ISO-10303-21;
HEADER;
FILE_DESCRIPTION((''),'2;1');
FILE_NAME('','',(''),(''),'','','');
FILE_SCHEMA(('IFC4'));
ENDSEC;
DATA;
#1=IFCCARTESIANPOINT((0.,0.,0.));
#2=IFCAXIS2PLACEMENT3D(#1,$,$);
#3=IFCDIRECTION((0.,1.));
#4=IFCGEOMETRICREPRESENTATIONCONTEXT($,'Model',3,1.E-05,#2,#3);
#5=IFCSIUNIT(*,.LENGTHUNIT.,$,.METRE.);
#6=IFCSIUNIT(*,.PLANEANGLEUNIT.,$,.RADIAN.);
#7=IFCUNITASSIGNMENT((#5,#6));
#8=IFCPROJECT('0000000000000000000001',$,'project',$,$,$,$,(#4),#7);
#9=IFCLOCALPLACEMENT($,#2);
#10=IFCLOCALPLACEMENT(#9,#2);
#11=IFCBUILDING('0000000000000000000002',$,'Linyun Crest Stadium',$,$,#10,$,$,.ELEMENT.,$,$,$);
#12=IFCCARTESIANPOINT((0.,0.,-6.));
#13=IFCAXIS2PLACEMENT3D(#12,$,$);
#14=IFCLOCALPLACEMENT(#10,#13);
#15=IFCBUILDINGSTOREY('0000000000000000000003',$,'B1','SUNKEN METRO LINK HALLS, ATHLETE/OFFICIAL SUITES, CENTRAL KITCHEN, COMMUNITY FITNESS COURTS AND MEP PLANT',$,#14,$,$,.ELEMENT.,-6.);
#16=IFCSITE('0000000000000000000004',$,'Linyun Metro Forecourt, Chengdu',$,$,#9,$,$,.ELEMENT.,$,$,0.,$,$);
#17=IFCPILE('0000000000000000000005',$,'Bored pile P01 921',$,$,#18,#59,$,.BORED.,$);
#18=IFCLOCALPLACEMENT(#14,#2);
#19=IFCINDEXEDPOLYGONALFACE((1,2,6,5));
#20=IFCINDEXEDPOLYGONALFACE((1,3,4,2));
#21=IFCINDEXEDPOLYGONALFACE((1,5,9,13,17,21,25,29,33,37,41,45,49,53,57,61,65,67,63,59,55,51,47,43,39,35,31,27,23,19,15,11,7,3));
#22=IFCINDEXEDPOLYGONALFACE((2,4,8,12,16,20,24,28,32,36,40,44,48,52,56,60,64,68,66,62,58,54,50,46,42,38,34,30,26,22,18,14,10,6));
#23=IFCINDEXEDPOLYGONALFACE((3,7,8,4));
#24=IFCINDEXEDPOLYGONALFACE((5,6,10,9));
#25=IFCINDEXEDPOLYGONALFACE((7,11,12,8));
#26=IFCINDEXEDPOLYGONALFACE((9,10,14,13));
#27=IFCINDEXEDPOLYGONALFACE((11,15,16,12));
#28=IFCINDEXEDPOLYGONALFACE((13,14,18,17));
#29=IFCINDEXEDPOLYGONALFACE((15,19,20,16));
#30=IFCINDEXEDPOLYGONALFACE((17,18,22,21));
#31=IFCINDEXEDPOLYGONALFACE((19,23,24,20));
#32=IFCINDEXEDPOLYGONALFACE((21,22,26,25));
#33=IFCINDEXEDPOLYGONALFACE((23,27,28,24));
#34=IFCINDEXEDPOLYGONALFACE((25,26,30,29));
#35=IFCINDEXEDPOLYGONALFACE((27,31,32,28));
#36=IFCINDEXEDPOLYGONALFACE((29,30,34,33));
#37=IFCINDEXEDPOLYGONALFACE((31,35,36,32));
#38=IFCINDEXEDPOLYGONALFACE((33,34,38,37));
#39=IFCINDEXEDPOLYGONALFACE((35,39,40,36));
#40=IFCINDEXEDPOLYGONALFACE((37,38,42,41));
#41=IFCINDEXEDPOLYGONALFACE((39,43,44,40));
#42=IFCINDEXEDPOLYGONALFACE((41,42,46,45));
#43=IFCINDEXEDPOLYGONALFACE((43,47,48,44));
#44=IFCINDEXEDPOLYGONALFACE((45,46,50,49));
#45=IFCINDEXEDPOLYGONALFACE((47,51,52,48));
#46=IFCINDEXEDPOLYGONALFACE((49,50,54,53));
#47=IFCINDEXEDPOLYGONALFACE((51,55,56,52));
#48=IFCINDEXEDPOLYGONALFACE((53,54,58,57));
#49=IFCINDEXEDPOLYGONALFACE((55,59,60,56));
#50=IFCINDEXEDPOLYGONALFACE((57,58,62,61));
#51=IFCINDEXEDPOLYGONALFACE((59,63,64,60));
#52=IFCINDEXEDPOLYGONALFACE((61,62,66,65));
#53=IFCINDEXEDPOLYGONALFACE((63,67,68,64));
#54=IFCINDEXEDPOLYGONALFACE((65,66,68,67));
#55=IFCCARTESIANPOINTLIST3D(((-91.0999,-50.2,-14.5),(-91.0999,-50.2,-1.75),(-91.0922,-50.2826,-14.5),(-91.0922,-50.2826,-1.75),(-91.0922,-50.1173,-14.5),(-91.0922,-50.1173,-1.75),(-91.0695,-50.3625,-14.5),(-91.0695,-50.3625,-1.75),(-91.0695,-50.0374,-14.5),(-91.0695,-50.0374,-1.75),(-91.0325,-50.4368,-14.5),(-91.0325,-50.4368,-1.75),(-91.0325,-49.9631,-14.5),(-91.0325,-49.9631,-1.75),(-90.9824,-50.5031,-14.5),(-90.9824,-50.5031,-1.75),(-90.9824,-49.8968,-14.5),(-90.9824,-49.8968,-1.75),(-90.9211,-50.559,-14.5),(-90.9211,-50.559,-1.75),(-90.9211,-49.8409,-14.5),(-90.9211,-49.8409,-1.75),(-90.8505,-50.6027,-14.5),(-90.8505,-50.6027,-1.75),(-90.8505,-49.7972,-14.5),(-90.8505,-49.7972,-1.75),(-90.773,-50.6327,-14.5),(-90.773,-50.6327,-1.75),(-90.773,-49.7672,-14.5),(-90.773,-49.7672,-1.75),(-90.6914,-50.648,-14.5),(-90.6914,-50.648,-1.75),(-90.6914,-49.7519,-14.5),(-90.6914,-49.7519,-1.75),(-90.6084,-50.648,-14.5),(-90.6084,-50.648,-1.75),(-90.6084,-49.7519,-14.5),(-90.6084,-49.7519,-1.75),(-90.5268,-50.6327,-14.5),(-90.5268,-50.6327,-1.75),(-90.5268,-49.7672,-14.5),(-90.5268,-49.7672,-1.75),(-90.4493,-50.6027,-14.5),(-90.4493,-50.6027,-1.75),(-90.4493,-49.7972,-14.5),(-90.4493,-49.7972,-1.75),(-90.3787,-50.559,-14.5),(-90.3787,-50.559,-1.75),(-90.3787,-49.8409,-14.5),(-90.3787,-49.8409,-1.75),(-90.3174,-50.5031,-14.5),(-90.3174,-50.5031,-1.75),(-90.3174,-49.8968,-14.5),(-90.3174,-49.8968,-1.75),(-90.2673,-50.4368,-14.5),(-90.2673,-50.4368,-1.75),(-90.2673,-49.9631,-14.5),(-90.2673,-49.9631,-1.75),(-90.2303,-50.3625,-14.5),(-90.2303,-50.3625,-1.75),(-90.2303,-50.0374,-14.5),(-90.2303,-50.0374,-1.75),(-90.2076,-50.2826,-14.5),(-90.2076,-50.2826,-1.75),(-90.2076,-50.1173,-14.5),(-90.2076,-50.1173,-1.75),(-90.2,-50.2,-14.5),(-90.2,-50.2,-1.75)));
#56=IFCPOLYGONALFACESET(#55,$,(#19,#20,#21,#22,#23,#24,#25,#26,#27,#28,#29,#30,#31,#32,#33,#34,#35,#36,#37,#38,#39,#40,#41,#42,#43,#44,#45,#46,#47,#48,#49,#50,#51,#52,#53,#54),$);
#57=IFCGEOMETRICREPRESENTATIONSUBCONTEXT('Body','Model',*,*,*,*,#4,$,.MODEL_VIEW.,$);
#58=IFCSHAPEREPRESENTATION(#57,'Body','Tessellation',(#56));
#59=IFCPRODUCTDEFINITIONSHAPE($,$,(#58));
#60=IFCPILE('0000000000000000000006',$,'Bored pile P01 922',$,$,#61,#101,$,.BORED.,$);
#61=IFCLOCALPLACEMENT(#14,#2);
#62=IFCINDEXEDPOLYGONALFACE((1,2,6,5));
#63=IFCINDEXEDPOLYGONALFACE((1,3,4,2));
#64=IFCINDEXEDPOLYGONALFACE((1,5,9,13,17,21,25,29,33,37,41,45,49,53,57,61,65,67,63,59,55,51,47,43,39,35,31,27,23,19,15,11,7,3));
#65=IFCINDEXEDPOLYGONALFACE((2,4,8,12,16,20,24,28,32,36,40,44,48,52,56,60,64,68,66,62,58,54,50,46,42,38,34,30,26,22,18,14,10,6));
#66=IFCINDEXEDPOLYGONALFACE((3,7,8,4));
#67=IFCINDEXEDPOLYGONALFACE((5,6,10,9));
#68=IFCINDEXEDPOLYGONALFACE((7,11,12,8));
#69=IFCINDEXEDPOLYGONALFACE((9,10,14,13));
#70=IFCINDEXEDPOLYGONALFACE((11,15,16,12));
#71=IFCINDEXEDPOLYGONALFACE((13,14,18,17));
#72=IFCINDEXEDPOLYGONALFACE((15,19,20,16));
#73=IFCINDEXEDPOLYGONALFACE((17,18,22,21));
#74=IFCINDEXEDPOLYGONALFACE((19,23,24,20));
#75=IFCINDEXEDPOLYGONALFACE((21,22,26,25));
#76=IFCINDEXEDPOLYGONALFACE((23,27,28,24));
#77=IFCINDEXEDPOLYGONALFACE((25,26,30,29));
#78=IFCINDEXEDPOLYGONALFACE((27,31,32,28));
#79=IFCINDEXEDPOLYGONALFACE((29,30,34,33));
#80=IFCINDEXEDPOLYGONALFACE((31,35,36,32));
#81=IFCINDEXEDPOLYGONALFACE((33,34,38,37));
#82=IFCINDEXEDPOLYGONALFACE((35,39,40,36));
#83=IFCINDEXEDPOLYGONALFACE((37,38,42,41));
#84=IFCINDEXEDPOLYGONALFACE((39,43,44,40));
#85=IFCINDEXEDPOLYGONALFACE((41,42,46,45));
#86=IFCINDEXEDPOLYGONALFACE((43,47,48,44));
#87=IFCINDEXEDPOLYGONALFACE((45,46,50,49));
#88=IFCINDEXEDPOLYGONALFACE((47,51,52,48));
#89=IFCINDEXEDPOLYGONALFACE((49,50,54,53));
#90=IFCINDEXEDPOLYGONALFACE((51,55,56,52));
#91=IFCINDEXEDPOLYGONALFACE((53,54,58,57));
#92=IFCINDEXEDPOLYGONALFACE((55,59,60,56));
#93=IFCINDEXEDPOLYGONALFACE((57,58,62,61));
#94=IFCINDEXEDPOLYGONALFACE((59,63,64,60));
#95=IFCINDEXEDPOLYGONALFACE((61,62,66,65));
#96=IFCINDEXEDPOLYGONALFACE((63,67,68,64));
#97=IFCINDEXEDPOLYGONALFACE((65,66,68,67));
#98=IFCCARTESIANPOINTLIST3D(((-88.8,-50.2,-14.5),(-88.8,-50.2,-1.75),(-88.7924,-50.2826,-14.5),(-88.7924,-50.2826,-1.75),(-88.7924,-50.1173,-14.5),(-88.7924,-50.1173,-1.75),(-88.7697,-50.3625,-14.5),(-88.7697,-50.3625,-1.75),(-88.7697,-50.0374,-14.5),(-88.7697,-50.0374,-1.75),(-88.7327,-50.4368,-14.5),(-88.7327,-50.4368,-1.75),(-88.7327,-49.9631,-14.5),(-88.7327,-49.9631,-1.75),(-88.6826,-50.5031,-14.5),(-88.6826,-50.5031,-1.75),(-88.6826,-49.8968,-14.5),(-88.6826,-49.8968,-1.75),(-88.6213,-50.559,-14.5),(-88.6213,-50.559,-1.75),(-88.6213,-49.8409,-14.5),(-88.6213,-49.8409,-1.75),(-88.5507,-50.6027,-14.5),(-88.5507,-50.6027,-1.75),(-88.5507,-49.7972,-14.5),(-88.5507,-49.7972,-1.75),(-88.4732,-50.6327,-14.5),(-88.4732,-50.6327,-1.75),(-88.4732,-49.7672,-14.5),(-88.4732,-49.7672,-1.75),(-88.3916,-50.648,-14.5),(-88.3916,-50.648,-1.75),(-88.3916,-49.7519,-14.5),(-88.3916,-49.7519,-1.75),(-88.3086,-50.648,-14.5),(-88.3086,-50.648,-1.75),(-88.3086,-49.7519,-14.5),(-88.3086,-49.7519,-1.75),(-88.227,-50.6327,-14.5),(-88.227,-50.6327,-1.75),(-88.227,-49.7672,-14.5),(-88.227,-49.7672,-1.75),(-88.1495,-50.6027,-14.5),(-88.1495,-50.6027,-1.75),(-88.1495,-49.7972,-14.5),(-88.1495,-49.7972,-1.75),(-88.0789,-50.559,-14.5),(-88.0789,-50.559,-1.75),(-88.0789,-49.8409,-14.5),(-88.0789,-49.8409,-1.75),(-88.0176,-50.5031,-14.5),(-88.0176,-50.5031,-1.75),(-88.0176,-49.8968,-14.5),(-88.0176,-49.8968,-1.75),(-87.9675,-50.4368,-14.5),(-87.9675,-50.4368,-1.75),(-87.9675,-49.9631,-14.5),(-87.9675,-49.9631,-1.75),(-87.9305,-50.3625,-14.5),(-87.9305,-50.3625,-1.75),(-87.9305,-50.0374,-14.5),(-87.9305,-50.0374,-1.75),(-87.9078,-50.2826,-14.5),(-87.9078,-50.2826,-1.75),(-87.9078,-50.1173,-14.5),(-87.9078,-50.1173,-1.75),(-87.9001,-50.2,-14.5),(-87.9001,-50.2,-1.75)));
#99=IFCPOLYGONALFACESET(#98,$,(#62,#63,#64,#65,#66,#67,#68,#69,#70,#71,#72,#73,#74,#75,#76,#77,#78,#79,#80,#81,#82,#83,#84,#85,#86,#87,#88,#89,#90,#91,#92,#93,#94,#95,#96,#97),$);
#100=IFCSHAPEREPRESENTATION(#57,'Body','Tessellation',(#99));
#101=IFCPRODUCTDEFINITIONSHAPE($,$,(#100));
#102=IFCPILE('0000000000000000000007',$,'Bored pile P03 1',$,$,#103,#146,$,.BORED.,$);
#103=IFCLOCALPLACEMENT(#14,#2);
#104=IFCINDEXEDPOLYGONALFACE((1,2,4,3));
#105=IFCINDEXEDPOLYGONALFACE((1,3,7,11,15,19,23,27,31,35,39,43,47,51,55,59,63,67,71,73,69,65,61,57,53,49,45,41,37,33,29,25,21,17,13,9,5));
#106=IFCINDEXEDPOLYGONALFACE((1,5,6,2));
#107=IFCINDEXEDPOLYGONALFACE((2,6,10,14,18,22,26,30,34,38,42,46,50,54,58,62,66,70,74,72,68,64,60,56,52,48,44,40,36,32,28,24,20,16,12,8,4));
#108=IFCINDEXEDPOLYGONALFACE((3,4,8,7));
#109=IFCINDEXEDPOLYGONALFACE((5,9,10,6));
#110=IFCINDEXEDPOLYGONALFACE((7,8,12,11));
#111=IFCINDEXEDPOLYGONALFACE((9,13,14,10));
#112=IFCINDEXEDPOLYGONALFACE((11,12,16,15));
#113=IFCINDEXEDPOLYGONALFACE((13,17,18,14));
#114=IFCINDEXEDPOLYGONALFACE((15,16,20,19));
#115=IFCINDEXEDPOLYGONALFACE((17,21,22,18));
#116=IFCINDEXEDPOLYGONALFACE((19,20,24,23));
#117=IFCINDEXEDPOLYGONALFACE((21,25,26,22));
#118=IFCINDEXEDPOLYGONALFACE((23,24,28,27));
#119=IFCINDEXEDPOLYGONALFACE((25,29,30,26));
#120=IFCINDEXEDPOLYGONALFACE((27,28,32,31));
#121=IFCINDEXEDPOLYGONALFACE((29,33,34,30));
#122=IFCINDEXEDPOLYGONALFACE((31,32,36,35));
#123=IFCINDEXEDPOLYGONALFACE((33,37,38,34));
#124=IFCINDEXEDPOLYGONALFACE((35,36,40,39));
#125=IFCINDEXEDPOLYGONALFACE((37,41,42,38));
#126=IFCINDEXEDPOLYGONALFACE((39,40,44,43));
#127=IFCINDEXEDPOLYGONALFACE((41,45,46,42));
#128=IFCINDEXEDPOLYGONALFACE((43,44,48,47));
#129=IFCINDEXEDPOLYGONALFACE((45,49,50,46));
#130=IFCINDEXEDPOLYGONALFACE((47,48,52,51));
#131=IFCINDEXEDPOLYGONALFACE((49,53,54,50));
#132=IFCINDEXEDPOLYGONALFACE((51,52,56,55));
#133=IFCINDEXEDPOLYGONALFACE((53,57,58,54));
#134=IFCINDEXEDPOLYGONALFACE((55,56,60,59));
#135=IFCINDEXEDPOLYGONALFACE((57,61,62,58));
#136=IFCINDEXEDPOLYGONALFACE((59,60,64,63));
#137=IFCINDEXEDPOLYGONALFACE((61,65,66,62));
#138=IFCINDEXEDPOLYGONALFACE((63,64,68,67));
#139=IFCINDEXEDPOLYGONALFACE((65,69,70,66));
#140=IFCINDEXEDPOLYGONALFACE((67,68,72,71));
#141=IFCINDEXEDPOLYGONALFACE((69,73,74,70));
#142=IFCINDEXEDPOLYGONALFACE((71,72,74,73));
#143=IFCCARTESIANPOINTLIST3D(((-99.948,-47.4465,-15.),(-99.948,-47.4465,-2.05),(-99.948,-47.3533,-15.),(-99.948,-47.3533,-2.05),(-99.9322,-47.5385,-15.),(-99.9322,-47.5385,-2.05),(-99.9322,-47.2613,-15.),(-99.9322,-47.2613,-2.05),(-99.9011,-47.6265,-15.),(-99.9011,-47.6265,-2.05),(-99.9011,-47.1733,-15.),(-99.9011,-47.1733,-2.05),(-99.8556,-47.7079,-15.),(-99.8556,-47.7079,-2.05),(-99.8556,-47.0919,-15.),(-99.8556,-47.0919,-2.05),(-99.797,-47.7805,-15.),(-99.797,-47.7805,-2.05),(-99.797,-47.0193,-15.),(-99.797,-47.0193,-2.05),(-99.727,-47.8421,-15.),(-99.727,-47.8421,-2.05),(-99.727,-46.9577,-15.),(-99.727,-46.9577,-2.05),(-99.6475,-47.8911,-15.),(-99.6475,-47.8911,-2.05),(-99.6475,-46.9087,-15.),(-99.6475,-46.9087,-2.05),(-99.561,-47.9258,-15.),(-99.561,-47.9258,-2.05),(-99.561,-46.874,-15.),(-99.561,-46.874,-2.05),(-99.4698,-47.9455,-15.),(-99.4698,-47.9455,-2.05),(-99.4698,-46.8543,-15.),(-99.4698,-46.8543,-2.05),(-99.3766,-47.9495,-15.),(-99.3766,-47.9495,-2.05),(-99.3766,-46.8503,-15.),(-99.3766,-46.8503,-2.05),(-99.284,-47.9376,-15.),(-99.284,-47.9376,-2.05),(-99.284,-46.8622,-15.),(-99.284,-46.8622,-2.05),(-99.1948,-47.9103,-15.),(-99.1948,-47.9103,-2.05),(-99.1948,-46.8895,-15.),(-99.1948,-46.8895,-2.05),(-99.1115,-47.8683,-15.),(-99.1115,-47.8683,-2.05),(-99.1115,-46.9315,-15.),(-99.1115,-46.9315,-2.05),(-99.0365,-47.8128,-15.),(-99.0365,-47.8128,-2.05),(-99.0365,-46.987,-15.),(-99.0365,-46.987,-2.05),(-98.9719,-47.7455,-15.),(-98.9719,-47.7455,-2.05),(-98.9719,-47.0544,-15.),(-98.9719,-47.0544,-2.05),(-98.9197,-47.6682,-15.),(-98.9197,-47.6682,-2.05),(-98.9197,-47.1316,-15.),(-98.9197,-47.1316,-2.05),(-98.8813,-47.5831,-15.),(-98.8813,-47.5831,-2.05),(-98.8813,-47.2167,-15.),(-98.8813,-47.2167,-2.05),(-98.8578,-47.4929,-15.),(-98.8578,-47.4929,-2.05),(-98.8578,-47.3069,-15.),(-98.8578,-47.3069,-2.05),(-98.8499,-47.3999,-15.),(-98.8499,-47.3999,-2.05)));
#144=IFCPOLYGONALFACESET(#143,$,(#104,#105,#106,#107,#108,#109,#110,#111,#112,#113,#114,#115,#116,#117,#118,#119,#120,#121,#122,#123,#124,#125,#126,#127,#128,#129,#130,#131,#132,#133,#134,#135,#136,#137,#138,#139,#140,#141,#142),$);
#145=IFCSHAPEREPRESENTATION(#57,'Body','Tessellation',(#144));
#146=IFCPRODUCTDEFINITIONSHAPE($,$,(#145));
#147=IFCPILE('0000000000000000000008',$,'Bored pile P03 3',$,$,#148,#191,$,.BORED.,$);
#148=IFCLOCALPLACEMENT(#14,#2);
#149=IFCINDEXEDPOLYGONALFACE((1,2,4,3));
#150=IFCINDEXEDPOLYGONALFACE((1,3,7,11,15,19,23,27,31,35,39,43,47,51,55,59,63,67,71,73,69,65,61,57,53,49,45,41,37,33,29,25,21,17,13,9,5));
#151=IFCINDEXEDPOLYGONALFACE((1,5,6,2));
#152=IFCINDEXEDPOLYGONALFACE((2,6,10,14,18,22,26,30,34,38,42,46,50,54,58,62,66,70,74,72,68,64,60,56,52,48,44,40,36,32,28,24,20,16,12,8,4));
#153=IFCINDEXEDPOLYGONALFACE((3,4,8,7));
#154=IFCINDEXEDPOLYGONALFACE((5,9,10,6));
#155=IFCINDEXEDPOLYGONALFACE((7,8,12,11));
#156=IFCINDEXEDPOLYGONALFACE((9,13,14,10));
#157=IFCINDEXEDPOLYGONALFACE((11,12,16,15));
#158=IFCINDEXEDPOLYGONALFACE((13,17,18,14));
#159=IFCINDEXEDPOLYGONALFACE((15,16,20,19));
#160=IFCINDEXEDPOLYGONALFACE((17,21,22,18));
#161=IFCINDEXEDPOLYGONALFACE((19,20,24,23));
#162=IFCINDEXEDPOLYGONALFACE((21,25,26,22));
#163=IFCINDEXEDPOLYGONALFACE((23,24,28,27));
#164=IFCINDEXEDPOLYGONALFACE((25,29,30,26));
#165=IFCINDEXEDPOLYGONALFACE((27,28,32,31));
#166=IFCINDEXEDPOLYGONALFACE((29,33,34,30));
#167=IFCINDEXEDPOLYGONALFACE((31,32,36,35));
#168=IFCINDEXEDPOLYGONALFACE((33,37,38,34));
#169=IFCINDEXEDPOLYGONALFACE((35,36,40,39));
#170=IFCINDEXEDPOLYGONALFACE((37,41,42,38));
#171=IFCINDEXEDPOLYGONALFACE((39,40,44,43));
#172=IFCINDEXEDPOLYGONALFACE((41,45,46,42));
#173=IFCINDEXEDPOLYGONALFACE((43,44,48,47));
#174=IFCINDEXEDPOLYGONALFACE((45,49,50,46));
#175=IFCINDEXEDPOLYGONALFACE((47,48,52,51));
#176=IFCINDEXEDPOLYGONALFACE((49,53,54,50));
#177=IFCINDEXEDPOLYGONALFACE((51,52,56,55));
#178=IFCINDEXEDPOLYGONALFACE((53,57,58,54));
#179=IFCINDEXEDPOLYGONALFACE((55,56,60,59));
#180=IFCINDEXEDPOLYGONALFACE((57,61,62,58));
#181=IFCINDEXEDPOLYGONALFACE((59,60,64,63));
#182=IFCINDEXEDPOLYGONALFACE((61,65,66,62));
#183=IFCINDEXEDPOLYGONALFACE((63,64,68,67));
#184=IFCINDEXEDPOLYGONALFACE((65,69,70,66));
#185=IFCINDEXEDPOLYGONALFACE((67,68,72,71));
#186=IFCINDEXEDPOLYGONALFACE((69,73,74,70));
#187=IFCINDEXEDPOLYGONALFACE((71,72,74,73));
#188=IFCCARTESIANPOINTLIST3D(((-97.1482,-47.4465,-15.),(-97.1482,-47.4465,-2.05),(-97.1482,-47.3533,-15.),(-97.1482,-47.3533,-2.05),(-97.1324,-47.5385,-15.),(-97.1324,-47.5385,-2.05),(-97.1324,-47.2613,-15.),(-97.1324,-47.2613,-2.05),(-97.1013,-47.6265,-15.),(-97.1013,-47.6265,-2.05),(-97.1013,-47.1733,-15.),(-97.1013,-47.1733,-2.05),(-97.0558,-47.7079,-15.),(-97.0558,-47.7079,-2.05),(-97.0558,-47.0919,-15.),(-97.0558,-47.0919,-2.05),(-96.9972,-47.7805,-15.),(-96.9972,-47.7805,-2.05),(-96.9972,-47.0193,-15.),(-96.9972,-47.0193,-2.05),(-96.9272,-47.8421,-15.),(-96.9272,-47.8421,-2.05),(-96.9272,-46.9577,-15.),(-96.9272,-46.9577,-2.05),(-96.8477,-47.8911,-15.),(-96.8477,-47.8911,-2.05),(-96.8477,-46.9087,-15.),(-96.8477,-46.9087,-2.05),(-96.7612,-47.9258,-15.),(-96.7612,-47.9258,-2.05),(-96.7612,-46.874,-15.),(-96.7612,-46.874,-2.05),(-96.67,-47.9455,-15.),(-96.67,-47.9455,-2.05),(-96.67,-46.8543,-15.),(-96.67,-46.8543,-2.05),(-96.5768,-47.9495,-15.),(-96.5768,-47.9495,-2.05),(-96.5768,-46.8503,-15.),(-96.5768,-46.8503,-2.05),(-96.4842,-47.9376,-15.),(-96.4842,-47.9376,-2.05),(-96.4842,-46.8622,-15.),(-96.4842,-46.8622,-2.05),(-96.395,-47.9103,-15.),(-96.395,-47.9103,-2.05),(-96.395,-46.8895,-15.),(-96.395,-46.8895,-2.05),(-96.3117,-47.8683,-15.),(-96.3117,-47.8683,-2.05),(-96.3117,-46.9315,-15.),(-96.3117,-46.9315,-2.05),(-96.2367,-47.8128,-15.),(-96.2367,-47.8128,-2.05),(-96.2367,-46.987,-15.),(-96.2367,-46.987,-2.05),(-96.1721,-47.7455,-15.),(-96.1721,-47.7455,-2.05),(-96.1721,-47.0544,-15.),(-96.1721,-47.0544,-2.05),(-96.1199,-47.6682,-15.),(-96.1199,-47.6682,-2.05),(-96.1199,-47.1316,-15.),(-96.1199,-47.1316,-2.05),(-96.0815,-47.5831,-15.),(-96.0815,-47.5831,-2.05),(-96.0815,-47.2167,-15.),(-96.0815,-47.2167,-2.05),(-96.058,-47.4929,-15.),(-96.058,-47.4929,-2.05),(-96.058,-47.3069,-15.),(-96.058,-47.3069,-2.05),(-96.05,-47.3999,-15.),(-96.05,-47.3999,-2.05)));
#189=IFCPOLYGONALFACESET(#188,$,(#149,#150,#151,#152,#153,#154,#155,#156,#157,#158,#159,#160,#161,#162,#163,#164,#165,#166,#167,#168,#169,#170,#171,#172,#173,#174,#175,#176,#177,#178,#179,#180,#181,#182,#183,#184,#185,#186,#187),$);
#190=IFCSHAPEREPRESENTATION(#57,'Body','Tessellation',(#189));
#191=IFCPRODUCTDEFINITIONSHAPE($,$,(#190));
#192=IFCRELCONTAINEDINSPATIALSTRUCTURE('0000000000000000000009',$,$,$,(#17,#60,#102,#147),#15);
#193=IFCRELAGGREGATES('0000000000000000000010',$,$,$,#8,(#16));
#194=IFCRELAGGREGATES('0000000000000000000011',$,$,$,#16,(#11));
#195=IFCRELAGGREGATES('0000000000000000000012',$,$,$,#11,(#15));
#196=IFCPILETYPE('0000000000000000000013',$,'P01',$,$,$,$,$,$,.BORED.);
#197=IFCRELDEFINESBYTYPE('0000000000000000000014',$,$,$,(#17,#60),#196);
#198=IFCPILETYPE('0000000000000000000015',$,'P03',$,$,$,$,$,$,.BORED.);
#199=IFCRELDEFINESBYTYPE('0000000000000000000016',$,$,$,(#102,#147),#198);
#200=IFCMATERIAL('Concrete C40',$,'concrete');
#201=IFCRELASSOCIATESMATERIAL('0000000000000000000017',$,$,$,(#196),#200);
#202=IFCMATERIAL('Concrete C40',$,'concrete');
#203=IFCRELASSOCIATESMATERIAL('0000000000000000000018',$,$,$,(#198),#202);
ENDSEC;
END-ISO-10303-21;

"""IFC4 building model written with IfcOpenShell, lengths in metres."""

from ifc_helpers import new_model, si_unit, direction, frame, origin, origin_2d, place, context, subcontext, project, spatial, circle, extrude, material, material_profile, profile_set, type_object, element, save


model = new_model("IFC4")

# Units and contexts
model_context = context("Model", 3, precision=1e-05, world=origin(), true_north=direction((0.0, 1.0)))
body_context = subcontext(model_context, "Body", "Model", "MODEL_VIEW")
ifc_project = project(units=[si_unit("LENGTHUNIT", "METRE"), si_unit("PLANEANGLEUNIT", "RADIAN")], contexts=[model_context])

# Site, building, storey
site_placement = place(None, origin())
site = spatial("IfcSite", under=ifc_project, at=site_placement, Name="Linyun Metro Forecourt, Chengdu", CompositionType="ELEMENT", RefElevation=0.0)
building_placement = place(site_placement, origin())
building = spatial("IfcBuilding", under=site, at=building_placement, Name="Linyun Crest Stadium", CompositionType="ELEMENT")
storey_placement = place(building_placement, frame((0.0, 0.0, -6.0)))
storey = spatial("IfcBuildingStorey", under=building, at=storey_placement, Name="B1", Description="SUNKEN METRO LINK HALLS, ATHLETE/OFFICIAL SUITES, CENTRAL KITCHEN, COMMUNITY FITNESS COURTS AND MEP PLANT", CompositionType="ELEMENT", Elevation=-6.0)

# Piles
ifc_material_1 = material(Name="Concrete C40", Category="concrete")
ifc_material_profile_1 = material_profile(ifc_material_1, circle(Radius=0.45, at=origin_2d()), Name="BORED PILE 900")
ifc_profile_set_1 = profile_set([ifc_material_profile_1], Name="Concrete C40")
pile_type_1 = type_object("IfcPileType", Name="P01", PredefinedType="BORED", material=ifc_profile_set_1)
for number, where, z_axis, x_axis, name in (
    (1, (-90.6499, -50.2, -1.75), (0.0, 0.0, -1.0), (1.0, 0.0, 0.0), "Bored pile P01 921"),
    (2, (-88.3501, -50.2, -1.75), (0.0, 0.0, -1.0), (1.0, 0.0, 0.0), "Bored pile P01 922"),
):
    element("IfcPile", number, at=place(storey_placement, frame(where, z_axis=z_axis, x_axis=x_axis)), inside=storey, type_object=pile_type_1, Name=name, PredefinedType="BORED", context=body_context, shape_type="SweptSolid", body=[
        extrude(circle(Radius=0.45, at=origin_2d()), origin(), (0.0, 0.0, 1.0), 12.75),
    ])
ifc_material_2 = material(Name="Concrete C40", Category="concrete")
ifc_material_profile_2 = material_profile(ifc_material_2, circle(Radius=0.55, at=origin_2d()), Name="BORED PILE 1100")
ifc_profile_set_2 = profile_set([ifc_material_profile_2], Name="Concrete C40")
pile_type_2 = type_object("IfcPileType", Name="P03", PredefinedType="BORED", material=ifc_profile_set_2)
for number, where, z_axis, x_axis, name in (
    (3, (-99.3999, -47.3999, -2.05), (0.0, 0.0, -1.0), (1.0, 0.0, 0.0), "Bored pile P03 1"),
    (4, (-96.6001, -47.3999, -2.05), (0.0, 0.0, -1.0), (1.0, 0.0, 0.0), "Bored pile P03 3"),
):
    element("IfcPile", number, at=place(storey_placement, frame(where, z_axis=z_axis, x_axis=x_axis)), inside=storey, type_object=pile_type_2, Name=name, PredefinedType="BORED", context=body_context, shape_type="SweptSolid", body=[
        extrude(circle(Radius=0.55, at=origin_2d()), origin(), (0.0, 0.0, 1.0), 12.95),
    ])

save(model, "model.ifc")
